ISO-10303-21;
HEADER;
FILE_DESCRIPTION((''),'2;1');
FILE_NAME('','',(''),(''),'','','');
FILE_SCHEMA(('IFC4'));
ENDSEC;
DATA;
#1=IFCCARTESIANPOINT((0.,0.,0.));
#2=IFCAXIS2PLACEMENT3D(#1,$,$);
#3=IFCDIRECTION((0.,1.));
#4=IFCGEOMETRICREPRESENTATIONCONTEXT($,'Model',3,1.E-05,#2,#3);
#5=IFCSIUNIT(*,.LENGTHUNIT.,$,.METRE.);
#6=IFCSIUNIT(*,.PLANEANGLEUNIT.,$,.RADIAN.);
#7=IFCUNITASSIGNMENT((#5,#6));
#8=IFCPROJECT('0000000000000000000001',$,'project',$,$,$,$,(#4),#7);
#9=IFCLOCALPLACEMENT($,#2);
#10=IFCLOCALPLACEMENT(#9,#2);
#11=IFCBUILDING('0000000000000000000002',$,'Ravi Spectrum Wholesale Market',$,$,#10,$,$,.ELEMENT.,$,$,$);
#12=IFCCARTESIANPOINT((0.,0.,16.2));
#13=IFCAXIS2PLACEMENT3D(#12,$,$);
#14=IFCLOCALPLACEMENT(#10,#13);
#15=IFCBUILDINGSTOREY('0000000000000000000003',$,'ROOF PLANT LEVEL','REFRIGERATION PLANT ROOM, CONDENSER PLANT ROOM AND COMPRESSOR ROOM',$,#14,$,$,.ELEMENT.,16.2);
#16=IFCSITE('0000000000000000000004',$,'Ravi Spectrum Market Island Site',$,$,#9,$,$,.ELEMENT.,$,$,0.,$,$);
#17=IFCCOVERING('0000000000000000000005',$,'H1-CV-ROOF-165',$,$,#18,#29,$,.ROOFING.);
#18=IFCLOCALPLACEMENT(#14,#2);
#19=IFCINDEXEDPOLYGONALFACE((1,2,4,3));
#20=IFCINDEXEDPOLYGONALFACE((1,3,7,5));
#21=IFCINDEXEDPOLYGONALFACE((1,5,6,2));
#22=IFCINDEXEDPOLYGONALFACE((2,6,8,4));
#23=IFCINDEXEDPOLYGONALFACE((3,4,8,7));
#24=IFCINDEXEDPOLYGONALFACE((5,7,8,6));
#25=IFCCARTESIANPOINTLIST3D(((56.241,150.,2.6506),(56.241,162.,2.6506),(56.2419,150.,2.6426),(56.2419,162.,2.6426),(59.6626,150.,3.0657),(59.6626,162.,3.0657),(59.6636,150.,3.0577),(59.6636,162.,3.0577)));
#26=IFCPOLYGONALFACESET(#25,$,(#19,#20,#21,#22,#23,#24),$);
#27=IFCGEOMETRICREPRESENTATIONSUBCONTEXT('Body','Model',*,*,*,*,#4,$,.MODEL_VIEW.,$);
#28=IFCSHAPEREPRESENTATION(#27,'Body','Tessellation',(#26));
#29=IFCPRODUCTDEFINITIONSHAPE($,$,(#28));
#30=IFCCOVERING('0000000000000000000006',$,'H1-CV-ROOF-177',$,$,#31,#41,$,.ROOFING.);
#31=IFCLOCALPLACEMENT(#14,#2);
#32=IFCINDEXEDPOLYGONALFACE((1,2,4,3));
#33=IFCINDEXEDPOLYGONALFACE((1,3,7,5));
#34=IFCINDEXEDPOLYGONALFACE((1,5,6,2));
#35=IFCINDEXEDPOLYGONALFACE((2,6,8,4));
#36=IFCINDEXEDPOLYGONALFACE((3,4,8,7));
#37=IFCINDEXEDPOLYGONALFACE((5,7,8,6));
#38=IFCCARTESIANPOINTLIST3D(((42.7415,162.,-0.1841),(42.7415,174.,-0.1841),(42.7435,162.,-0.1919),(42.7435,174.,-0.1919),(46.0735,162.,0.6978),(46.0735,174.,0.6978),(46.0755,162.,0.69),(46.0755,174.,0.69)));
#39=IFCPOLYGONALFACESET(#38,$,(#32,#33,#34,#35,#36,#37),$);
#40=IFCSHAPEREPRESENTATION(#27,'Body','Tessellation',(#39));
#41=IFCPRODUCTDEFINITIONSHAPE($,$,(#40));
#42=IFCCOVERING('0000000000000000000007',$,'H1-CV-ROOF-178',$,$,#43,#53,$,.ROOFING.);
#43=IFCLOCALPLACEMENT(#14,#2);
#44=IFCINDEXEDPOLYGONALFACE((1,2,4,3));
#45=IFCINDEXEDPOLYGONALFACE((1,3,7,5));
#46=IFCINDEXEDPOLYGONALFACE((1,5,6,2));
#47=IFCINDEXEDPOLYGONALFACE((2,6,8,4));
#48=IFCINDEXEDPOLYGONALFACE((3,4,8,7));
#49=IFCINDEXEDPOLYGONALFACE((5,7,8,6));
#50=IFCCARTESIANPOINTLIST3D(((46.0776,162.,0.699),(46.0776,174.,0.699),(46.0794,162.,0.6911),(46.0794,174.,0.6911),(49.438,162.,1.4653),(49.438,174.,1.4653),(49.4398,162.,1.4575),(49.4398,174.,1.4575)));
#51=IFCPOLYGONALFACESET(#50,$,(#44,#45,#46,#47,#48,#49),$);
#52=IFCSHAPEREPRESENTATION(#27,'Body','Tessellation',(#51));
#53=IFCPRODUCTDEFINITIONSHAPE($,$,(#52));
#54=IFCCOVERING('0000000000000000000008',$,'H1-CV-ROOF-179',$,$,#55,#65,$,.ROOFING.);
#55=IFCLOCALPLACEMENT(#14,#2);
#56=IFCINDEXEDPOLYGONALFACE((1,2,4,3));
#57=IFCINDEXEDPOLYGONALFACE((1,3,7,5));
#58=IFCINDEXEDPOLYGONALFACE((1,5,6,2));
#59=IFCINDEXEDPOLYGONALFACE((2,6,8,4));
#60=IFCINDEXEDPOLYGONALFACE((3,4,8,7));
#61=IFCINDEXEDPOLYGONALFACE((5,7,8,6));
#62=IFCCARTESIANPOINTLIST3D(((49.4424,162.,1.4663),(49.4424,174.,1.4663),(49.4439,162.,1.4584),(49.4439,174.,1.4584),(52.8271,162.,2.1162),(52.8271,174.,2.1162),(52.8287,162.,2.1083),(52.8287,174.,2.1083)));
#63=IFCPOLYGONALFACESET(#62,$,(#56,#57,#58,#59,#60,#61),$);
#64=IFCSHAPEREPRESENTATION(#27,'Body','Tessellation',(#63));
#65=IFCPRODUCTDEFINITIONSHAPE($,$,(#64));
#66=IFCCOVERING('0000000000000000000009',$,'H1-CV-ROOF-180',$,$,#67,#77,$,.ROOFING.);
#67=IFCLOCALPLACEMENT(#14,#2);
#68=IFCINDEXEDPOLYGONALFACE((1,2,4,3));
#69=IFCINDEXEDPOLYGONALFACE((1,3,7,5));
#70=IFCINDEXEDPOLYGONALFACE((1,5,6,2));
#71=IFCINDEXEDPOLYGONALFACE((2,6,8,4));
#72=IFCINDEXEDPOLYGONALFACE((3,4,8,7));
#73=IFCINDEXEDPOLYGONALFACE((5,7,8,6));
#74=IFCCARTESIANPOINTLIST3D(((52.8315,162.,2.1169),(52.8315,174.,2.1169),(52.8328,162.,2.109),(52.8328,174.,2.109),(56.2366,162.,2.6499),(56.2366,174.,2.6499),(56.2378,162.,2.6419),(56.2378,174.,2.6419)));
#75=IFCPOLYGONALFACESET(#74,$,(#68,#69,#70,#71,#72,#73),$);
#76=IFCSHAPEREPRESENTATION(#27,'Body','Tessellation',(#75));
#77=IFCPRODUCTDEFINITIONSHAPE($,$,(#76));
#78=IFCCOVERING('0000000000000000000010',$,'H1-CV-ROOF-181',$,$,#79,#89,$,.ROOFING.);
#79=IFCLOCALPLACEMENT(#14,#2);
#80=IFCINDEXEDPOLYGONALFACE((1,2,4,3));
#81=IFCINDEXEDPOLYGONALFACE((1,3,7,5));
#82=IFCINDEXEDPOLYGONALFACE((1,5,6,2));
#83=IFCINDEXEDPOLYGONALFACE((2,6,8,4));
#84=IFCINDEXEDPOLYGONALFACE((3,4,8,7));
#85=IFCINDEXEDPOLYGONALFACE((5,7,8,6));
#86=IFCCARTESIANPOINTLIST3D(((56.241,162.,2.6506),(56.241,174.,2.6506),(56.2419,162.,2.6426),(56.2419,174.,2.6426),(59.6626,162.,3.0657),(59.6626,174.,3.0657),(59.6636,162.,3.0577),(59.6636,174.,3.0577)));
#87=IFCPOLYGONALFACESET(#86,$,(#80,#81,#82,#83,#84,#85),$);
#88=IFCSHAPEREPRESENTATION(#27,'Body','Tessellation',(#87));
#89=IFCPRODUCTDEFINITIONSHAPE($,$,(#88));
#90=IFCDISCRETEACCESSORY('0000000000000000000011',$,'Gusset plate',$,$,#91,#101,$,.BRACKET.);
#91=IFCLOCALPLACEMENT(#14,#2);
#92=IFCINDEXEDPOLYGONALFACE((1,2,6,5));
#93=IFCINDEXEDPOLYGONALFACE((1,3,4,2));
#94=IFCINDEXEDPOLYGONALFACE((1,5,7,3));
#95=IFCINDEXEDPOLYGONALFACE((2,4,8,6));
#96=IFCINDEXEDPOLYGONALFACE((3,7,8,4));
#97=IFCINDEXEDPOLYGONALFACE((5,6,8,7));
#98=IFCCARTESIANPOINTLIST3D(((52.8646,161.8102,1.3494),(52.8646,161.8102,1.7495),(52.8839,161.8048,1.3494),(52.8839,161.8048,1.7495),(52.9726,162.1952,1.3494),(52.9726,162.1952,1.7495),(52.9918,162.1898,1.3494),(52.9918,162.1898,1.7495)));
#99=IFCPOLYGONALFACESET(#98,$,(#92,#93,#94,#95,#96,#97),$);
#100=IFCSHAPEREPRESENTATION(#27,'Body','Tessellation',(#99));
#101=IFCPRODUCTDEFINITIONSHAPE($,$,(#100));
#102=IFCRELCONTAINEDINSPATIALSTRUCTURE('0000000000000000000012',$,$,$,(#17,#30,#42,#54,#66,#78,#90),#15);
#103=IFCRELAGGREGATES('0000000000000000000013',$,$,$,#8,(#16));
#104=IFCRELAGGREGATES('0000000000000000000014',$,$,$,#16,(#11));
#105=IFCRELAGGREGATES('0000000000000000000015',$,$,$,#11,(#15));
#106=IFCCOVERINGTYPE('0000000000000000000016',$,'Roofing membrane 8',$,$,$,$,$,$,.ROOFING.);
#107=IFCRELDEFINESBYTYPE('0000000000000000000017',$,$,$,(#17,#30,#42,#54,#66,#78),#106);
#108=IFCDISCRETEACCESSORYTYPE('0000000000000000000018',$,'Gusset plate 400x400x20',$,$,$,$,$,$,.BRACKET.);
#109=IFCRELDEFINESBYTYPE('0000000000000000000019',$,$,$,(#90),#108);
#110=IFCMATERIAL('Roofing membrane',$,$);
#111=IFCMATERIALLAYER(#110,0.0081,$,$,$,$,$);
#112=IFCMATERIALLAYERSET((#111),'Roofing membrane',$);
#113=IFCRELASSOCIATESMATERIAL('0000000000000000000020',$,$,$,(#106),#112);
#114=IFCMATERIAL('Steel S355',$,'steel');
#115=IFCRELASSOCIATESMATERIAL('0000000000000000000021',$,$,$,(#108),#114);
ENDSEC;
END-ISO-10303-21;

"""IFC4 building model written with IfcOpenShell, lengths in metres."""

from ifc_helpers import new_model, si_unit, direction, frame, origin, origin_2d, place, context, subcontext, project, spatial, polyline, rectangle, outline, extrude, material, layer, layer_set, material_profile, profile_set, type_object, element, save


model = new_model("IFC4")

# Units and contexts
model_context = context("Model", 3, precision=1e-05, world=origin(), true_north=direction((0.0, 1.0)))
body_context = subcontext(model_context, "Body", "Model", "MODEL_VIEW")
ifc_project = project(units=[si_unit("LENGTHUNIT", "METRE"), si_unit("PLANEANGLEUNIT", "RADIAN")], contexts=[model_context])

# Site, building, storey
site_placement = place(None, origin())
site = spatial("IfcSite", under=ifc_project, at=site_placement, Name="Ravi Spectrum Market Island Site", CompositionType="ELEMENT", RefElevation=0.0)
building_placement = place(site_placement, origin())
building = spatial("IfcBuilding", under=site, at=building_placement, Name="Ravi Spectrum Wholesale Market", CompositionType="ELEMENT")
storey_placement = place(building_placement, frame((0.0, 0.0, 16.2)))
storey = spatial("IfcBuildingStorey", under=building, at=storey_placement, Name="ROOF PLANT LEVEL", Description="REFRIGERATION PLANT ROOM, CONDENSER PLANT ROOM AND COMPRESSOR ROOM", CompositionType="ELEMENT", Elevation=16.2)

# Coverings
ifc_material_1 = material(Name="Roofing membrane")
ifc_layer_1 = layer(ifc_material_1, 0.0081)
ifc_layer_set_1 = layer_set([ifc_layer_1], Name="Roofing membrane")
covering_type = type_object("IfcCoveringType", Name="Roofing membrane 8", PredefinedType="ROOFING", material=ifc_layer_set_1)
covering_1_placement = place(storey_placement, frame((56.241, 150.0, 2.6506), z_axis=(-0.120416, 0.0, 0.992724), x_axis=(0.992724, 0.0, 0.120416)))
element("IfcCovering", 1, at=covering_1_placement, inside=storey, type_object=covering_type, Name="H1-CV-ROOF-165", PredefinedType="ROOFING", context=body_context, shape_type="SweptSolid", body=[
    extrude(outline(polyline([(0.0, 0.0), (3.4467, 0.0), (3.4467, 12.0), (0.0, 12.0), (0.0, 0.0)])), origin(), (0.0, 0.0, -1.0), 0.0081),
])
covering_2_placement = place(storey_placement, frame((42.7415, 162.0, -0.1841), z_axis=(-0.255846, 0.0, 0.966718), x_axis=(0.966718, 0.0, 0.255846)))
element("IfcCovering", 2, at=covering_2_placement, inside=storey, type_object=covering_type, Name="H1-CV-ROOF-177", PredefinedType="ROOFING", context=body_context, shape_type="SweptSolid", body=[
    extrude(outline(polyline([(0.0, 0.0), (3.4467, 0.0), (3.4467, 12.0), (0.0, 12.0), (0.0, 0.0)])), origin(), (0.0, 0.0, -1.0), 0.0081),
])
covering_3_placement = place(storey_placement, frame((46.0776, 162.0, 0.699), z_axis=(-0.22235, 0.0, 0.974967), x_axis=(0.974967, 0.0, 0.22235)))
element("IfcCovering", 3, at=covering_3_placement, inside=storey, type_object=covering_type, Name="H1-CV-ROOF-178", PredefinedType="ROOFING", context=body_context, shape_type="SweptSolid", body=[
    extrude(outline(polyline([(0.0, 0.0), (3.4466, 0.0), (3.4466, 12.0), (0.0, 12.0), (0.0, 0.0)])), origin(), (0.0, 0.0, -1.0), 0.0081),
])
covering_4_placement = place(storey_placement, frame((49.4424, 162.0, 1.4663), z_axis=(-0.188564, 0.0, 0.982061), x_axis=(0.982061, 0.0, 0.188564)))
element("IfcCovering", 4, at=covering_4_placement, inside=storey, type_object=covering_type, Name="H1-CV-ROOF-179", PredefinedType="ROOFING", context=body_context, shape_type="SweptSolid", body=[
    extrude(outline(polyline([(0.0, 0.0), (3.4466, 0.0), (3.4466, 12.0), (0.0, 12.0), (0.0, 0.0)])), origin(), (0.0, 0.0, -1.0), 0.0081),
])
covering_5_placement = place(storey_placement, frame((52.8315, 162.0, 2.1169), z_axis=(-0.154638, 0.0, 0.987971), x_axis=(0.987971, 0.0, 0.154638)))
element("IfcCovering", 5, at=covering_5_placement, inside=storey, type_object=covering_type, Name="H1-CV-ROOF-180", PredefinedType="ROOFING", context=body_context, shape_type="SweptSolid", body=[
    extrude(outline(polyline([(0.0, 0.0), (3.4465, 0.0), (3.4465, 12.0), (0.0, 12.0), (0.0, 0.0)])), origin(), (0.0, 0.0, -1.0), 0.0081),
])
covering_6_placement = place(storey_placement, frame((56.241, 162.0, 2.6506), z_axis=(-0.120416, 0.0, 0.992724), x_axis=(0.992724, 0.0, 0.120416)))
element("IfcCovering", 6, at=covering_6_placement, inside=storey, type_object=covering_type, Name="H1-CV-ROOF-181", PredefinedType="ROOFING", context=body_context, shape_type="SweptSolid", body=[
    extrude(outline(polyline([(0.0, 0.0), (3.4467, 0.0), (3.4467, 12.0), (0.0, 12.0), (0.0, 0.0)])), origin(), (0.0, 0.0, -1.0), 0.0081),
])

# Discrete accessory
ifc_material_2 = material(Name="Steel S355", Category="steel")
ifc_material_profile_1 = material_profile(ifc_material_2, rectangle(XDim=0.3999, YDim=0.02, at=origin_2d()))
ifc_profile_set_1 = profile_set([ifc_material_profile_1], Name="Steel S355")
discrete_accessory_type = type_object("IfcDiscreteAccessoryType", Name="Gusset plate 400x400x20", PredefinedType="BRACKET", material=ifc_profile_set_1)
discrete_accessory_placement = place(storey_placement, frame((52.9282, 162.0, 1.3494), z_axis=(0.0, 0.0, 1.0), x_axis=(0.269957, 0.962873, 0.0)))
element("IfcDiscreteAccessory", 7, at=discrete_accessory_placement, inside=storey, type_object=discrete_accessory_type, Name="Gusset plate", PredefinedType="BRACKET", context=body_context, shape_type="SweptSolid", body=[
    extrude(rectangle(XDim=0.3999, YDim=0.02, at=origin_2d()), origin(), (0.0, 0.0, 1.0), 0.4001),
])

save(model, "model.ifc")
